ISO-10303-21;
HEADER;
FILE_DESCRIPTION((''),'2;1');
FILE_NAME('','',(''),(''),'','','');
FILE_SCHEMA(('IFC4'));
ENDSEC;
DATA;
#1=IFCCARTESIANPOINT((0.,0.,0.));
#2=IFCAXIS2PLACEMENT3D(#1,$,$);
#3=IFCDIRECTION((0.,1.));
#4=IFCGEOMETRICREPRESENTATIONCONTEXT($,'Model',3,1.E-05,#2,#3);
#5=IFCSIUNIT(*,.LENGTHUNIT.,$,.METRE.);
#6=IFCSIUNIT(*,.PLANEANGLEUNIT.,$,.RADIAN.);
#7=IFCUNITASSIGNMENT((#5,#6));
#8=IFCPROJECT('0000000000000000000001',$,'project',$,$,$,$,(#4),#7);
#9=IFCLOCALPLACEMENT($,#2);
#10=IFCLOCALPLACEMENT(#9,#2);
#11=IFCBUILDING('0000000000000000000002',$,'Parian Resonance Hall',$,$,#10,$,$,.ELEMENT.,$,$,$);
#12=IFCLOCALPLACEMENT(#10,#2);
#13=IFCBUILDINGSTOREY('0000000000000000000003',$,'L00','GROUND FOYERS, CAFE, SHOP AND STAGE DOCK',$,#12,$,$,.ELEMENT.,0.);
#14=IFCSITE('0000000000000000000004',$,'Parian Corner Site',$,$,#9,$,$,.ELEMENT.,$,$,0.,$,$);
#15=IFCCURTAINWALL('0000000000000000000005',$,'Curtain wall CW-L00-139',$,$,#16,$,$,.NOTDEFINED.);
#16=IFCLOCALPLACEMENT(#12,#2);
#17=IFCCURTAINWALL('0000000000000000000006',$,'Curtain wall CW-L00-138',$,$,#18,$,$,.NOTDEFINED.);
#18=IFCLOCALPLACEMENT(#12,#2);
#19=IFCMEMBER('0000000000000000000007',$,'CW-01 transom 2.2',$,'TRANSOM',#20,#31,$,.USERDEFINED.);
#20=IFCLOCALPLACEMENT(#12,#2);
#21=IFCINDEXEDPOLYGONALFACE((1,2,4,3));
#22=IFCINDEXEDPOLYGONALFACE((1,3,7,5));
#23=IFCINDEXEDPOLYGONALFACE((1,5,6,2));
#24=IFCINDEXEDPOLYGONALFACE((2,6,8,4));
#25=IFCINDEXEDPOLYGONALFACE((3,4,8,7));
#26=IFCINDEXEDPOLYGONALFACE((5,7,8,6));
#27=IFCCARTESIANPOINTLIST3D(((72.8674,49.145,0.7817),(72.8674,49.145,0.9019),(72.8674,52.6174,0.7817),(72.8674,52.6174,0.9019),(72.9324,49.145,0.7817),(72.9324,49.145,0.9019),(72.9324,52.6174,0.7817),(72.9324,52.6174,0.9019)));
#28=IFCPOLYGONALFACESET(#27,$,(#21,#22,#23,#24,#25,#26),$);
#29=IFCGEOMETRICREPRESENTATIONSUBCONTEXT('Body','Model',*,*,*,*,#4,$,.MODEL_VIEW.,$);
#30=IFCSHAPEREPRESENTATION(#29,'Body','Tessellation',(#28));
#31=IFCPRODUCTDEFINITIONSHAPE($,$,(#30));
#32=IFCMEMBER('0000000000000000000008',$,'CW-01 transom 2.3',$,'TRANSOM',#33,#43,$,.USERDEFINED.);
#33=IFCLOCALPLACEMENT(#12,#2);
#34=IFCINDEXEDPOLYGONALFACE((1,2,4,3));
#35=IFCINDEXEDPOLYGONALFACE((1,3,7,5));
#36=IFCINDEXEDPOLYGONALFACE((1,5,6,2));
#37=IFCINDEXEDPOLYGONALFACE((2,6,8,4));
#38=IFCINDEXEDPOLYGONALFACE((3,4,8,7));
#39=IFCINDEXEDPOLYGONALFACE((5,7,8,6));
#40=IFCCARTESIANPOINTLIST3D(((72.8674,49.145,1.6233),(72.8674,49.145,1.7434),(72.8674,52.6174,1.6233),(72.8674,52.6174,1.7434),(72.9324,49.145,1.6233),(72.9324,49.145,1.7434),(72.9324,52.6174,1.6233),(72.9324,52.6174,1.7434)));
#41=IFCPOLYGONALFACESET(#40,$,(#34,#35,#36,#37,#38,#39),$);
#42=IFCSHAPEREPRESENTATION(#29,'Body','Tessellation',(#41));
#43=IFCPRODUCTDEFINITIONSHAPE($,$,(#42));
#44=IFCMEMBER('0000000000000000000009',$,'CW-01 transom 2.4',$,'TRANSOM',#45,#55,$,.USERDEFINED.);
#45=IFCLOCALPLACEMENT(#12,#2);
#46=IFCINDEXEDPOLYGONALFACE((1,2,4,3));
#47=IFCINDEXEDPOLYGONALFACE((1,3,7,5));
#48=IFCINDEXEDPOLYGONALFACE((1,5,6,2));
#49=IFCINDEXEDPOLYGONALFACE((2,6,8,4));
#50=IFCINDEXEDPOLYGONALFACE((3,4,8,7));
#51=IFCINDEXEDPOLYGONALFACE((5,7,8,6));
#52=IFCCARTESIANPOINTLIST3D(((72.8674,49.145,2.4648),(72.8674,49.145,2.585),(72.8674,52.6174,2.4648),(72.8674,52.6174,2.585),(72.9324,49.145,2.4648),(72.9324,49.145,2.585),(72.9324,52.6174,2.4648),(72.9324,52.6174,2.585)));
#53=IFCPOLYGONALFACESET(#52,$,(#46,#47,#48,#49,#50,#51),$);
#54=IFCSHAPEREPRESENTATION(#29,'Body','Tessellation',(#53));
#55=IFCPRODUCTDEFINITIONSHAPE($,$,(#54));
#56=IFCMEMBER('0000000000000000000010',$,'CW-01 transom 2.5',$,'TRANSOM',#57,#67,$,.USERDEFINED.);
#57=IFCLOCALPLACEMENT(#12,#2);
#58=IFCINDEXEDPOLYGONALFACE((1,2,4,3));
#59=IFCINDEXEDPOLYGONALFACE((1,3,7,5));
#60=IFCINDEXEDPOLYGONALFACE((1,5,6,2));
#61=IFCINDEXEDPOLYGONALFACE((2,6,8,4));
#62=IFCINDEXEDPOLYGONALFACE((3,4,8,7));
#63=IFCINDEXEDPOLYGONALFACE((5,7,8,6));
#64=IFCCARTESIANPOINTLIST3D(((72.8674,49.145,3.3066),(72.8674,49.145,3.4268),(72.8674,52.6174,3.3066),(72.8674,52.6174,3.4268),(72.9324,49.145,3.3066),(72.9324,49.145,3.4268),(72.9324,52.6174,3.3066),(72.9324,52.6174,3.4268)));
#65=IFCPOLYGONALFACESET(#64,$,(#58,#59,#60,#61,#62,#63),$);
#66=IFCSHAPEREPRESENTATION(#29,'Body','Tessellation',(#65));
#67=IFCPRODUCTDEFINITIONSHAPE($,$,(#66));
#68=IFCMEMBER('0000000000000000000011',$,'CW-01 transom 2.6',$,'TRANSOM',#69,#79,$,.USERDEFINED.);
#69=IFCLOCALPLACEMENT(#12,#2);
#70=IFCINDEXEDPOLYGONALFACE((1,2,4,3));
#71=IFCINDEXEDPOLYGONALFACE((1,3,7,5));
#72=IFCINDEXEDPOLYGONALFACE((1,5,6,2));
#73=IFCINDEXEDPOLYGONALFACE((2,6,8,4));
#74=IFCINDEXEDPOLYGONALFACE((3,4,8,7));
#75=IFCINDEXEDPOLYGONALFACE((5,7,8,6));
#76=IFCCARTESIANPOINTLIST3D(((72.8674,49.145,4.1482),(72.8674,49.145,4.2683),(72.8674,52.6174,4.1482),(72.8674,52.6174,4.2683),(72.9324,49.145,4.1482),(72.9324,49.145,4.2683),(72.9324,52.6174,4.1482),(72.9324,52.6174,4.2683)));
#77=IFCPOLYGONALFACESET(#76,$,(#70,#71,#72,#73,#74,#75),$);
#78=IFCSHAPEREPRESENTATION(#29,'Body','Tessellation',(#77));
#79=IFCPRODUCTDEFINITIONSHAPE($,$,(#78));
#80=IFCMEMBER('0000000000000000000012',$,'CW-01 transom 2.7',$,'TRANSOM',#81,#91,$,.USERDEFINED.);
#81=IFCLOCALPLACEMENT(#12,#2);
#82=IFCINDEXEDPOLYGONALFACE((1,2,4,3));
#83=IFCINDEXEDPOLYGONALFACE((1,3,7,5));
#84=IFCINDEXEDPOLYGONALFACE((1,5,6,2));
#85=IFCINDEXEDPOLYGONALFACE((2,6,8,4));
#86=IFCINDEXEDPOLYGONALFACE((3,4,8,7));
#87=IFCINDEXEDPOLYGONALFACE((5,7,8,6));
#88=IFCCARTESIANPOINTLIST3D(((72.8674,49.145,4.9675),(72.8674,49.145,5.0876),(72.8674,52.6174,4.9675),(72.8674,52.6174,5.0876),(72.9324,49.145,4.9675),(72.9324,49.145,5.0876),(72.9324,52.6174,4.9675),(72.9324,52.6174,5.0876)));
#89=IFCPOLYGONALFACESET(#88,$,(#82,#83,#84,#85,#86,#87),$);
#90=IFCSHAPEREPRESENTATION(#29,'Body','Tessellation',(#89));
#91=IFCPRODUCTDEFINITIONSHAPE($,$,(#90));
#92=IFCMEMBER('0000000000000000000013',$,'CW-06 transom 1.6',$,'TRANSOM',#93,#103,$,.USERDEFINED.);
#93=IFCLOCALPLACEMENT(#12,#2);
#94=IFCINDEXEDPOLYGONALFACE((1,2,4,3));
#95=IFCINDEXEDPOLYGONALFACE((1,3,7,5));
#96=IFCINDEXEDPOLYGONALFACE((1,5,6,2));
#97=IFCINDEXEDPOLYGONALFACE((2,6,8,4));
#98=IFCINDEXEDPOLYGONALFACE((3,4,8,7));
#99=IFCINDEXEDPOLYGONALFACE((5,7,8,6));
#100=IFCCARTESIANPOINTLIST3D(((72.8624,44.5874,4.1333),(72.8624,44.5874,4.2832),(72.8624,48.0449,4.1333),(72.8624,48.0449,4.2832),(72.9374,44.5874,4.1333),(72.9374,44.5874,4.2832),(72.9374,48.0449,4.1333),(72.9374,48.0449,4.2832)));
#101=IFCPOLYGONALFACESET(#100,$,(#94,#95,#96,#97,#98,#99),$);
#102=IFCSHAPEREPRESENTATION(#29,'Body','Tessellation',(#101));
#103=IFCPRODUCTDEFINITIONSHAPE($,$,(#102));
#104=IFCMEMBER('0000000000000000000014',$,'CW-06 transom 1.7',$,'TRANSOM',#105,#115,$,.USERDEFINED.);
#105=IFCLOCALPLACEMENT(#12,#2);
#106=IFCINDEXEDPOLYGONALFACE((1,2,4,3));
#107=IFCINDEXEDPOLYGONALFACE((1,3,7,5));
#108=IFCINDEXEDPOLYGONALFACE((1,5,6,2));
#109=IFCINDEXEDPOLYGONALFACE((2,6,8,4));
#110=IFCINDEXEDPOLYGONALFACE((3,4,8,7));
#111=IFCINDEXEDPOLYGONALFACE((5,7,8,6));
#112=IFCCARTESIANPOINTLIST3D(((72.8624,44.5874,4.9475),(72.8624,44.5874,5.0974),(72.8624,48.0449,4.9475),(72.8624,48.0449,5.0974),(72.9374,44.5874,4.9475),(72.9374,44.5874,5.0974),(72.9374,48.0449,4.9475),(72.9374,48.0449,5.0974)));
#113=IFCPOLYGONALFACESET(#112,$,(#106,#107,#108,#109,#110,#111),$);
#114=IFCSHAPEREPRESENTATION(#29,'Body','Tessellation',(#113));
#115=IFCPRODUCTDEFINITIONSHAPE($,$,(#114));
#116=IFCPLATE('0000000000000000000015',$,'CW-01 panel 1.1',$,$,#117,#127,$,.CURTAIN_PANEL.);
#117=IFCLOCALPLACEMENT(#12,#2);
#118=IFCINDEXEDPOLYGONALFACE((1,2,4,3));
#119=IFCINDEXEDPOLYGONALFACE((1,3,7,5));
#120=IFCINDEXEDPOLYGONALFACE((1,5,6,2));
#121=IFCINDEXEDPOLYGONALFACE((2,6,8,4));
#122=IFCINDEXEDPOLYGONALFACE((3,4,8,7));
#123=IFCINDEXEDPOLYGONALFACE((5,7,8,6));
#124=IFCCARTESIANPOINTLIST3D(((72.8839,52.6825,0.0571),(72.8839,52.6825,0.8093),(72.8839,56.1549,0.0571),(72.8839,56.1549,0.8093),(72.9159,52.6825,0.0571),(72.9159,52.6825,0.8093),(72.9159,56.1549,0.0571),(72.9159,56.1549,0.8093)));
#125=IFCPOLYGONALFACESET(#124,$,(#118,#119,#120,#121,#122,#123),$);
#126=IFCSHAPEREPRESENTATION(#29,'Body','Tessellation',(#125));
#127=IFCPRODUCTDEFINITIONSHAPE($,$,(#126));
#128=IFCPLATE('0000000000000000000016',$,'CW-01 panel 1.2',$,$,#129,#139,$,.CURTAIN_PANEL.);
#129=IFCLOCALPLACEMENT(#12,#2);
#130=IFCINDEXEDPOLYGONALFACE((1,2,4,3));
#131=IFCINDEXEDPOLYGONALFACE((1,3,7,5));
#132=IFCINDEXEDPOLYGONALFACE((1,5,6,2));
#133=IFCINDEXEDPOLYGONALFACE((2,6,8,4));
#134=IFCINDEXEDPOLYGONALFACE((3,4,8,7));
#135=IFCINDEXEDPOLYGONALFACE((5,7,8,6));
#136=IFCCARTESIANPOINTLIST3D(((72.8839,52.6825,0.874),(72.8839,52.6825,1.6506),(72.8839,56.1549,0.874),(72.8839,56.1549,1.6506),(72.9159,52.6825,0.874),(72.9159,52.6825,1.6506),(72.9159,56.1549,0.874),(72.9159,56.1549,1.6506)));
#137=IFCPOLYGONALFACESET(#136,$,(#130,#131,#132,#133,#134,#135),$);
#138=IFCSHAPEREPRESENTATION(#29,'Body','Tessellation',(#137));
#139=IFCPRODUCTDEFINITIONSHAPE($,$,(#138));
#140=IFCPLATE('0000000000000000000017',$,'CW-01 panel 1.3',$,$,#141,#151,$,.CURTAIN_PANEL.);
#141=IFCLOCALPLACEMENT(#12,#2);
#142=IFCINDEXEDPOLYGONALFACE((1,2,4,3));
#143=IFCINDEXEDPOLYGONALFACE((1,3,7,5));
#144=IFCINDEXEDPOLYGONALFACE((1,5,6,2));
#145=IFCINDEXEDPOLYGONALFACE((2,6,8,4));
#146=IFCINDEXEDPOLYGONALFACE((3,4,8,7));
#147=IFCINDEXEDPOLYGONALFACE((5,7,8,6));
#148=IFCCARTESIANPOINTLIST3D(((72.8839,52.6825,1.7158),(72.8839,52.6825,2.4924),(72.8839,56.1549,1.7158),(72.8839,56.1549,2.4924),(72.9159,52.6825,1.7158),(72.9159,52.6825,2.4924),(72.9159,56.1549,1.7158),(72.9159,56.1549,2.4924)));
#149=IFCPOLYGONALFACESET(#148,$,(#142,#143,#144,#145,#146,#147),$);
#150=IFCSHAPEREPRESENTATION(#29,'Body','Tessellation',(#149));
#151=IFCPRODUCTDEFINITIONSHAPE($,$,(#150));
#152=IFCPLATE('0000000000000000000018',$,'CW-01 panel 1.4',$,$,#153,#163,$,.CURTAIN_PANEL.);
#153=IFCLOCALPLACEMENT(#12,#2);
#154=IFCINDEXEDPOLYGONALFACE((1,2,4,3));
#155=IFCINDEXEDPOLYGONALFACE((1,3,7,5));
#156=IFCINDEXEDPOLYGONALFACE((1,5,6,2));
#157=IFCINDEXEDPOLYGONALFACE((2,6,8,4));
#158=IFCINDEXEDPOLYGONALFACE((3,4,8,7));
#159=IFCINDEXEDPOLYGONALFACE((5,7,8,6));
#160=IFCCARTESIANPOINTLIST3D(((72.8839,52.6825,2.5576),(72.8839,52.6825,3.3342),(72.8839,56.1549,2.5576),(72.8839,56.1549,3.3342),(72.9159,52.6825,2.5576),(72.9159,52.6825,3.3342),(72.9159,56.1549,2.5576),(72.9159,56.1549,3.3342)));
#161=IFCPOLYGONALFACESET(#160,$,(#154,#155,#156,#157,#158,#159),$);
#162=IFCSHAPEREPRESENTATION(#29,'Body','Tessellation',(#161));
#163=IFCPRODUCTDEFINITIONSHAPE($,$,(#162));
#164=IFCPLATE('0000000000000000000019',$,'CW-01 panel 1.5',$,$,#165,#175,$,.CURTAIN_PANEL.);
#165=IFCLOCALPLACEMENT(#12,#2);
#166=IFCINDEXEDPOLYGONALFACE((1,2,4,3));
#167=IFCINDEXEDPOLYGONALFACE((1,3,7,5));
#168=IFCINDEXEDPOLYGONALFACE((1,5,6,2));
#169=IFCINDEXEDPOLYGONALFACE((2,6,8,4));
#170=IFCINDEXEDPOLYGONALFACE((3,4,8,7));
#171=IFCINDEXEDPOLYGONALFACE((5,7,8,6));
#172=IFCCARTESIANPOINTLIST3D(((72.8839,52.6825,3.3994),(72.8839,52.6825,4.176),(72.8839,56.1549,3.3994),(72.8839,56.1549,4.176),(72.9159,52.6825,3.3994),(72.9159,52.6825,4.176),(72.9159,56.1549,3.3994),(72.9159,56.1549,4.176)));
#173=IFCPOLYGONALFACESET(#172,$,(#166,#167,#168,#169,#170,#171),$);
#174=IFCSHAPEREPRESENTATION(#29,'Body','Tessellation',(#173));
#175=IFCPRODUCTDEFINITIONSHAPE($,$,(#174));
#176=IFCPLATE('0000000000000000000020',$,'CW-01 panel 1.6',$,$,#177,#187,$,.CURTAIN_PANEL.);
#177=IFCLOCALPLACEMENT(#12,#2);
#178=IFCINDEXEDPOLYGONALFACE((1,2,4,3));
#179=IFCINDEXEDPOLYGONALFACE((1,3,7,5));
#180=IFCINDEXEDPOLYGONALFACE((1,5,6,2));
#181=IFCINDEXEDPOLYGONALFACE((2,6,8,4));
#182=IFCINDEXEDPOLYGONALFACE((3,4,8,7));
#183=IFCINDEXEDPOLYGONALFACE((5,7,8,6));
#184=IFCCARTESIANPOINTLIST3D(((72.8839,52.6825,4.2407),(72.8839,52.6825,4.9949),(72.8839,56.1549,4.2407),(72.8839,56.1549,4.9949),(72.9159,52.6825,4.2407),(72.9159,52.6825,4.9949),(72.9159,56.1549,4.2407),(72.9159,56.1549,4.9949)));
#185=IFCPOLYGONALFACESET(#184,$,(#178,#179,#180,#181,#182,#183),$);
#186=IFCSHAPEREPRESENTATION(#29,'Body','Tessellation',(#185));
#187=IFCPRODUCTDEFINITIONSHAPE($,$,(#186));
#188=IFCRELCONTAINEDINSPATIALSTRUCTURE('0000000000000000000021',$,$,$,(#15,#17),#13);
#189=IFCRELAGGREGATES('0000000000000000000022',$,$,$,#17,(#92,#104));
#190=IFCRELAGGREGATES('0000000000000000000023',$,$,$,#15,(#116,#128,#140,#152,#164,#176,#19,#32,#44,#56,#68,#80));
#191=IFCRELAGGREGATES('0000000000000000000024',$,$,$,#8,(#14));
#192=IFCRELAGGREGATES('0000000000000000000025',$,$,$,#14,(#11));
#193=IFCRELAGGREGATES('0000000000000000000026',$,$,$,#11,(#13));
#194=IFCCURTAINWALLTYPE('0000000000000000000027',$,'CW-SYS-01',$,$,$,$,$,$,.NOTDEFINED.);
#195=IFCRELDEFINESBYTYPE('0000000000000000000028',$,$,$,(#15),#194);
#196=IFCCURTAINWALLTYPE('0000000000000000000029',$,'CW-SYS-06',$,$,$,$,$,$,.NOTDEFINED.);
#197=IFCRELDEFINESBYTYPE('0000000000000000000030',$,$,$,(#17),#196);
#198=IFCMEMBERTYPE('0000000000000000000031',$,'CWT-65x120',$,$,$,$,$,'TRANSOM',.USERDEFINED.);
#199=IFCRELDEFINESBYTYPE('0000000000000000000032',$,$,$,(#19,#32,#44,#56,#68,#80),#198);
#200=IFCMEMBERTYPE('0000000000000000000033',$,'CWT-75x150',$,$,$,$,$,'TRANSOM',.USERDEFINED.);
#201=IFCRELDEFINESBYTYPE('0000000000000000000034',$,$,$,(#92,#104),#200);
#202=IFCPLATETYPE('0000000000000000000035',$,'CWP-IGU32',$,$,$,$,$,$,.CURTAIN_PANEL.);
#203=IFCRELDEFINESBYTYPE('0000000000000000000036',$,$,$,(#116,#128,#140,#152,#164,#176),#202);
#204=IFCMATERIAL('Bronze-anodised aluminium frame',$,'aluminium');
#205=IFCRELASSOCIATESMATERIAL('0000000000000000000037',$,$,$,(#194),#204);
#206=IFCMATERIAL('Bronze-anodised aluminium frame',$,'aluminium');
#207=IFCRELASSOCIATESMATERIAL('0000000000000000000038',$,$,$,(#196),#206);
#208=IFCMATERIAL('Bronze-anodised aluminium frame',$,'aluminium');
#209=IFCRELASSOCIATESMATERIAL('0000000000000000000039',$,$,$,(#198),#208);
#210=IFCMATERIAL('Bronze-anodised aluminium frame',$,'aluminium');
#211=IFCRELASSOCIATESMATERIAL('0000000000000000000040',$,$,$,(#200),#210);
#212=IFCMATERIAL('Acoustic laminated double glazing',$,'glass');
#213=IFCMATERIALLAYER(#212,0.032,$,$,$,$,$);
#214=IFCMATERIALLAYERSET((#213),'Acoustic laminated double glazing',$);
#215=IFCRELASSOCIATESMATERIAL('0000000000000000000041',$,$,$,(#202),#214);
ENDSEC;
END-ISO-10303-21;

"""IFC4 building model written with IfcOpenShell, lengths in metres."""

from ifc_helpers import new_model, si_unit, direction, frame, origin, origin_2d, place, context, subcontext, project, spatial, rectangle, extrude, material, layer, layer_set, material_profile, profile_set, type_object, element, aggregate, save


model = new_model("IFC4")

# Units and contexts
model_context = context("Model", 3, precision=1e-05, world=origin(), true_north=direction((0.0, 1.0)))
body_context = subcontext(model_context, "Body", "Model", "MODEL_VIEW")
ifc_project = project(units=[si_unit("LENGTHUNIT", "METRE"), si_unit("PLANEANGLEUNIT", "RADIAN")], contexts=[model_context])

# Site, building, storey
site_placement = place(None, origin())
site = spatial("IfcSite", under=ifc_project, at=site_placement, Name="Parian Corner Site", CompositionType="ELEMENT", RefElevation=0.0)
building_placement = place(site_placement, origin())
building = spatial("IfcBuilding", under=site, at=building_placement, Name="Parian Resonance Hall", CompositionType="ELEMENT")
storey_placement = place(building_placement, origin())
storey = spatial("IfcBuildingStorey", under=building, at=storey_placement, Name="L00", Description="GROUND FOYERS, CAFE, SHOP AND STAGE DOCK", CompositionType="ELEMENT", Elevation=0.0)

# Curtain wall
ifc_material_1 = material(Name="Bronze-anodised aluminium frame", Category="aluminium")
curtain_wall_type_1 = type_object("IfcCurtainWallType", Name="CW-SYS-01", PredefinedType="NOTDEFINED", material=ifc_material_1)
curtain_wall_1_placement = place(storey_placement, origin())
curtain_wall_1 = element("IfcCurtainWall", 1, at=curtain_wall_1_placement, inside=storey, type_object=curtain_wall_type_1, Name="Curtain wall CW-L00-139", PredefinedType="NOTDEFINED")

# Curtain wall
ifc_material_2 = material(Name="Bronze-anodised aluminium frame", Category="aluminium")
curtain_wall_type_2 = type_object("IfcCurtainWallType", Name="CW-SYS-06", PredefinedType="NOTDEFINED", material=ifc_material_2)
curtain_wall_2_placement = place(storey_placement, origin())
curtain_wall_2 = element("IfcCurtainWall", 2, at=curtain_wall_2_placement, inside=storey, type_object=curtain_wall_type_2, Name="Curtain wall CW-L00-138", PredefinedType="NOTDEFINED")

# Members
ifc_material_3 = material(Name="Bronze-anodised aluminium frame", Category="aluminium")
ifc_material_profile_1 = material_profile(ifc_material_3, rectangle(XDim=0.0649, YDim=0.1201, at=origin_2d()), Name="CWT-65x120")
ifc_profile_set_1 = profile_set([ifc_material_profile_1], Name="Bronze-anodised aluminium frame")
member_type_1 = type_object("IfcMemberType", Name="CWT-65x120", ElementType="TRANSOM", PredefinedType="USERDEFINED", material=ifc_profile_set_1)
member_1_placement = place(storey_placement, frame((72.8999, 52.6174, 0.8418), z_axis=(0.0, -1.0, 0.0), x_axis=(1.0, 0.0, 0.0)))
member_1 = element("IfcMember", 3, at=member_1_placement, type_object=member_type_1, Name="CW-01 transom 2.2", ObjectType="TRANSOM", PredefinedType="USERDEFINED", context=body_context, shape_type="SweptSolid", body=[
    extrude(rectangle(XDim=0.0649, YDim=0.1201, at=origin_2d()), origin(), (0.0, 0.0, 1.0), 3.4724),
])
member_2_placement = place(storey_placement, frame((72.8999, 52.6174, 1.6833), z_axis=(0.0, -1.0, 0.0), x_axis=(1.0, 0.0, 0.0)))
member_2 = element("IfcMember", 4, at=member_2_placement, type_object=member_type_1, Name="CW-01 transom 2.3", ObjectType="TRANSOM", PredefinedType="USERDEFINED", context=body_context, shape_type="SweptSolid", body=[
    extrude(rectangle(XDim=0.0649, YDim=0.1201, at=origin_2d()), origin(), (0.0, 0.0, 1.0), 3.4724),
])
member_3_placement = place(storey_placement, frame((72.8999, 52.6174, 2.5249), z_axis=(0.0, -1.0, 0.0), x_axis=(1.0, 0.0, 0.0)))
member_3 = element("IfcMember", 5, at=member_3_placement, type_object=member_type_1, Name="CW-01 transom 2.4", ObjectType="TRANSOM", PredefinedType="USERDEFINED", context=body_context, shape_type="SweptSolid", body=[
    extrude(rectangle(XDim=0.0649, YDim=0.1201, at=origin_2d()), origin(), (0.0, 0.0, 1.0), 3.4724),
])
member_4_placement = place(storey_placement, frame((72.8999, 52.6174, 3.3667), z_axis=(0.0, -1.0, 0.0), x_axis=(1.0, 0.0, 0.0)))
member_4 = element("IfcMember", 6, at=member_4_placement, type_object=member_type_1, Name="CW-01 transom 2.5", ObjectType="TRANSOM", PredefinedType="USERDEFINED", context=body_context, shape_type="SweptSolid", body=[
    extrude(rectangle(XDim=0.0649, YDim=0.1201, at=origin_2d()), origin(), (0.0, 0.0, 1.0), 3.4724),
])
member_5_placement = place(storey_placement, frame((72.8999, 52.6174, 4.2083), z_axis=(0.0, -1.0, 0.0), x_axis=(1.0, 0.0, 0.0)))
member_5 = element("IfcMember", 7, at=member_5_placement, type_object=member_type_1, Name="CW-01 transom 2.6", ObjectType="TRANSOM", PredefinedType="USERDEFINED", context=body_context, shape_type="SweptSolid", body=[
    extrude(rectangle(XDim=0.0649, YDim=0.1201, at=origin_2d()), origin(), (0.0, 0.0, 1.0), 3.4724),
])
member_6_placement = place(storey_placement, frame((72.8999, 52.6174, 5.0276), z_axis=(0.0, -1.0, 0.0), x_axis=(1.0, 0.0, 0.0)))
member_6 = element("IfcMember", 8, at=member_6_placement, type_object=member_type_1, Name="CW-01 transom 2.7", ObjectType="TRANSOM", PredefinedType="USERDEFINED", context=body_context, shape_type="SweptSolid", body=[
    extrude(rectangle(XDim=0.0649, YDim=0.1201, at=origin_2d()), origin(), (0.0, 0.0, 1.0), 3.4724),
])
ifc_material_4 = material(Name="Bronze-anodised aluminium frame", Category="aluminium")
ifc_material_profile_2 = material_profile(ifc_material_4, rectangle(XDim=0.075, YDim=0.1499, at=origin_2d()), Name="CWT-75x150")
ifc_profile_set_2 = profile_set([ifc_material_profile_2], Name="Bronze-anodised aluminium frame")
member_type_2 = type_object("IfcMemberType", Name="CWT-75x150", ElementType="TRANSOM", PredefinedType="USERDEFINED", material=ifc_profile_set_2)
member_7_placement = place(storey_placement, frame((72.8999, 48.0449, 4.2083), z_axis=(0.0, -1.0, 0.0), x_axis=(1.0, 0.0, 0.0)))
member_7 = element("IfcMember", 9, at=member_7_placement, type_object=member_type_2, Name="CW-06 transom 1.6", ObjectType="TRANSOM", PredefinedType="USERDEFINED", context=body_context, shape_type="SweptSolid", body=[
    extrude(rectangle(XDim=0.075, YDim=0.1499, at=origin_2d()), origin(), (0.0, 0.0, 1.0), 3.4575),
])
member_8_placement = place(storey_placement, frame((72.8999, 48.0449, 5.0225), z_axis=(0.0, -1.0, 0.0), x_axis=(1.0, 0.0, 0.0)))
member_8 = element("IfcMember", 10, at=member_8_placement, type_object=member_type_2, Name="CW-06 transom 1.7", ObjectType="TRANSOM", PredefinedType="USERDEFINED", context=body_context, shape_type="SweptSolid", body=[
    extrude(rectangle(XDim=0.075, YDim=0.1499, at=origin_2d()), origin(), (0.0, 0.0, 1.0), 3.4575),
])
aggregate(curtain_wall_2, [member_7, member_8])

# Plates
ifc_material_5 = material(Name="Acoustic laminated double glazing", Category="glass")
ifc_layer = layer(ifc_material_5, 0.032)
ifc_layer_set = layer_set([ifc_layer], Name="Acoustic laminated double glazing")
plate_type = type_object("IfcPlateType", Name="CWP-IGU32", PredefinedType="CURTAIN_PANEL", material=ifc_layer_set)
plate_1_placement = place(storey_placement, frame((72.8999, 54.4187, 0.0571), z_axis=(0.0, 0.0, 1.0), x_axis=(0.0, -1.0, 0.0)))
plate_1 = element("IfcPlate", 11, at=plate_1_placement, type_object=plate_type, Name="CW-01 panel 1.1", PredefinedType="CURTAIN_PANEL", context=body_context, shape_type="SweptSolid", body=[
    extrude(rectangle(XDim=3.4724, YDim=0.032, at=origin_2d()), origin(), (0.0, 0.0, 1.0), 0.7522),
])
plate_2_placement = place(storey_placement, frame((72.8999, 54.4187, 0.874), z_axis=(0.0, 0.0, 1.0), x_axis=(0.0, -1.0, 0.0)))
plate_2 = element("IfcPlate", 12, at=plate_2_placement, type_object=plate_type, Name="CW-01 panel 1.2", PredefinedType="CURTAIN_PANEL", context=body_context, shape_type="SweptSolid", body=[
    extrude(rectangle(XDim=3.4724, YDim=0.032, at=origin_2d()), origin(), (0.0, 0.0, 1.0), 0.7766),
])
plate_3_placement = place(storey_placement, frame((72.8999, 54.4187, 1.7158), z_axis=(0.0, 0.0, 1.0), x_axis=(0.0, -1.0, 0.0)))
plate_3 = element("IfcPlate", 13, at=plate_3_placement, type_object=plate_type, Name="CW-01 panel 1.3", PredefinedType="CURTAIN_PANEL", context=body_context, shape_type="SweptSolid", body=[
    extrude(rectangle(XDim=3.4724, YDim=0.032, at=origin_2d()), origin(), (0.0, 0.0, 1.0), 0.7766),
])
plate_4_placement = place(storey_placement, frame((72.8999, 54.4187, 2.5576), z_axis=(0.0, 0.0, 1.0), x_axis=(0.0, -1.0, 0.0)))
plate_4 = element("IfcPlate", 14, at=plate_4_placement, type_object=plate_type, Name="CW-01 panel 1.4", PredefinedType="CURTAIN_PANEL", context=body_context, shape_type="SweptSolid", body=[
    extrude(rectangle(XDim=3.4724, YDim=0.032, at=origin_2d()), origin(), (0.0, 0.0, 1.0), 0.7766),
])
plate_5_placement = place(storey_placement, frame((72.8999, 54.4187, 3.3994), z_axis=(0.0, 0.0, 1.0), x_axis=(0.0, -1.0, 0.0)))
plate_5 = element("IfcPlate", 15, at=plate_5_placement, type_object=plate_type, Name="CW-01 panel 1.5", PredefinedType="CURTAIN_PANEL", context=body_context, shape_type="SweptSolid", body=[
    extrude(rectangle(XDim=3.4724, YDim=0.032, at=origin_2d()), origin(), (0.0, 0.0, 1.0), 0.7766),
])
plate_6_placement = place(storey_placement, frame((72.8999, 54.4187, 4.2407), z_axis=(0.0, 0.0, 1.0), x_axis=(0.0, -1.0, 0.0)))
plate_6 = element("IfcPlate", 16, at=plate_6_placement, type_object=plate_type, Name="CW-01 panel 1.6", PredefinedType="CURTAIN_PANEL", context=body_context, shape_type="SweptSolid", body=[
    extrude(rectangle(XDim=3.4724, YDim=0.032, at=origin_2d()), origin(), (0.0, 0.0, 1.0), 0.7542),
])
aggregate(curtain_wall_1, [plate_1, plate_2, plate_3, plate_4, plate_5, plate_6, member_1, member_2, member_3, member_4, member_5, member_6])

save(model, "model.ifc")
